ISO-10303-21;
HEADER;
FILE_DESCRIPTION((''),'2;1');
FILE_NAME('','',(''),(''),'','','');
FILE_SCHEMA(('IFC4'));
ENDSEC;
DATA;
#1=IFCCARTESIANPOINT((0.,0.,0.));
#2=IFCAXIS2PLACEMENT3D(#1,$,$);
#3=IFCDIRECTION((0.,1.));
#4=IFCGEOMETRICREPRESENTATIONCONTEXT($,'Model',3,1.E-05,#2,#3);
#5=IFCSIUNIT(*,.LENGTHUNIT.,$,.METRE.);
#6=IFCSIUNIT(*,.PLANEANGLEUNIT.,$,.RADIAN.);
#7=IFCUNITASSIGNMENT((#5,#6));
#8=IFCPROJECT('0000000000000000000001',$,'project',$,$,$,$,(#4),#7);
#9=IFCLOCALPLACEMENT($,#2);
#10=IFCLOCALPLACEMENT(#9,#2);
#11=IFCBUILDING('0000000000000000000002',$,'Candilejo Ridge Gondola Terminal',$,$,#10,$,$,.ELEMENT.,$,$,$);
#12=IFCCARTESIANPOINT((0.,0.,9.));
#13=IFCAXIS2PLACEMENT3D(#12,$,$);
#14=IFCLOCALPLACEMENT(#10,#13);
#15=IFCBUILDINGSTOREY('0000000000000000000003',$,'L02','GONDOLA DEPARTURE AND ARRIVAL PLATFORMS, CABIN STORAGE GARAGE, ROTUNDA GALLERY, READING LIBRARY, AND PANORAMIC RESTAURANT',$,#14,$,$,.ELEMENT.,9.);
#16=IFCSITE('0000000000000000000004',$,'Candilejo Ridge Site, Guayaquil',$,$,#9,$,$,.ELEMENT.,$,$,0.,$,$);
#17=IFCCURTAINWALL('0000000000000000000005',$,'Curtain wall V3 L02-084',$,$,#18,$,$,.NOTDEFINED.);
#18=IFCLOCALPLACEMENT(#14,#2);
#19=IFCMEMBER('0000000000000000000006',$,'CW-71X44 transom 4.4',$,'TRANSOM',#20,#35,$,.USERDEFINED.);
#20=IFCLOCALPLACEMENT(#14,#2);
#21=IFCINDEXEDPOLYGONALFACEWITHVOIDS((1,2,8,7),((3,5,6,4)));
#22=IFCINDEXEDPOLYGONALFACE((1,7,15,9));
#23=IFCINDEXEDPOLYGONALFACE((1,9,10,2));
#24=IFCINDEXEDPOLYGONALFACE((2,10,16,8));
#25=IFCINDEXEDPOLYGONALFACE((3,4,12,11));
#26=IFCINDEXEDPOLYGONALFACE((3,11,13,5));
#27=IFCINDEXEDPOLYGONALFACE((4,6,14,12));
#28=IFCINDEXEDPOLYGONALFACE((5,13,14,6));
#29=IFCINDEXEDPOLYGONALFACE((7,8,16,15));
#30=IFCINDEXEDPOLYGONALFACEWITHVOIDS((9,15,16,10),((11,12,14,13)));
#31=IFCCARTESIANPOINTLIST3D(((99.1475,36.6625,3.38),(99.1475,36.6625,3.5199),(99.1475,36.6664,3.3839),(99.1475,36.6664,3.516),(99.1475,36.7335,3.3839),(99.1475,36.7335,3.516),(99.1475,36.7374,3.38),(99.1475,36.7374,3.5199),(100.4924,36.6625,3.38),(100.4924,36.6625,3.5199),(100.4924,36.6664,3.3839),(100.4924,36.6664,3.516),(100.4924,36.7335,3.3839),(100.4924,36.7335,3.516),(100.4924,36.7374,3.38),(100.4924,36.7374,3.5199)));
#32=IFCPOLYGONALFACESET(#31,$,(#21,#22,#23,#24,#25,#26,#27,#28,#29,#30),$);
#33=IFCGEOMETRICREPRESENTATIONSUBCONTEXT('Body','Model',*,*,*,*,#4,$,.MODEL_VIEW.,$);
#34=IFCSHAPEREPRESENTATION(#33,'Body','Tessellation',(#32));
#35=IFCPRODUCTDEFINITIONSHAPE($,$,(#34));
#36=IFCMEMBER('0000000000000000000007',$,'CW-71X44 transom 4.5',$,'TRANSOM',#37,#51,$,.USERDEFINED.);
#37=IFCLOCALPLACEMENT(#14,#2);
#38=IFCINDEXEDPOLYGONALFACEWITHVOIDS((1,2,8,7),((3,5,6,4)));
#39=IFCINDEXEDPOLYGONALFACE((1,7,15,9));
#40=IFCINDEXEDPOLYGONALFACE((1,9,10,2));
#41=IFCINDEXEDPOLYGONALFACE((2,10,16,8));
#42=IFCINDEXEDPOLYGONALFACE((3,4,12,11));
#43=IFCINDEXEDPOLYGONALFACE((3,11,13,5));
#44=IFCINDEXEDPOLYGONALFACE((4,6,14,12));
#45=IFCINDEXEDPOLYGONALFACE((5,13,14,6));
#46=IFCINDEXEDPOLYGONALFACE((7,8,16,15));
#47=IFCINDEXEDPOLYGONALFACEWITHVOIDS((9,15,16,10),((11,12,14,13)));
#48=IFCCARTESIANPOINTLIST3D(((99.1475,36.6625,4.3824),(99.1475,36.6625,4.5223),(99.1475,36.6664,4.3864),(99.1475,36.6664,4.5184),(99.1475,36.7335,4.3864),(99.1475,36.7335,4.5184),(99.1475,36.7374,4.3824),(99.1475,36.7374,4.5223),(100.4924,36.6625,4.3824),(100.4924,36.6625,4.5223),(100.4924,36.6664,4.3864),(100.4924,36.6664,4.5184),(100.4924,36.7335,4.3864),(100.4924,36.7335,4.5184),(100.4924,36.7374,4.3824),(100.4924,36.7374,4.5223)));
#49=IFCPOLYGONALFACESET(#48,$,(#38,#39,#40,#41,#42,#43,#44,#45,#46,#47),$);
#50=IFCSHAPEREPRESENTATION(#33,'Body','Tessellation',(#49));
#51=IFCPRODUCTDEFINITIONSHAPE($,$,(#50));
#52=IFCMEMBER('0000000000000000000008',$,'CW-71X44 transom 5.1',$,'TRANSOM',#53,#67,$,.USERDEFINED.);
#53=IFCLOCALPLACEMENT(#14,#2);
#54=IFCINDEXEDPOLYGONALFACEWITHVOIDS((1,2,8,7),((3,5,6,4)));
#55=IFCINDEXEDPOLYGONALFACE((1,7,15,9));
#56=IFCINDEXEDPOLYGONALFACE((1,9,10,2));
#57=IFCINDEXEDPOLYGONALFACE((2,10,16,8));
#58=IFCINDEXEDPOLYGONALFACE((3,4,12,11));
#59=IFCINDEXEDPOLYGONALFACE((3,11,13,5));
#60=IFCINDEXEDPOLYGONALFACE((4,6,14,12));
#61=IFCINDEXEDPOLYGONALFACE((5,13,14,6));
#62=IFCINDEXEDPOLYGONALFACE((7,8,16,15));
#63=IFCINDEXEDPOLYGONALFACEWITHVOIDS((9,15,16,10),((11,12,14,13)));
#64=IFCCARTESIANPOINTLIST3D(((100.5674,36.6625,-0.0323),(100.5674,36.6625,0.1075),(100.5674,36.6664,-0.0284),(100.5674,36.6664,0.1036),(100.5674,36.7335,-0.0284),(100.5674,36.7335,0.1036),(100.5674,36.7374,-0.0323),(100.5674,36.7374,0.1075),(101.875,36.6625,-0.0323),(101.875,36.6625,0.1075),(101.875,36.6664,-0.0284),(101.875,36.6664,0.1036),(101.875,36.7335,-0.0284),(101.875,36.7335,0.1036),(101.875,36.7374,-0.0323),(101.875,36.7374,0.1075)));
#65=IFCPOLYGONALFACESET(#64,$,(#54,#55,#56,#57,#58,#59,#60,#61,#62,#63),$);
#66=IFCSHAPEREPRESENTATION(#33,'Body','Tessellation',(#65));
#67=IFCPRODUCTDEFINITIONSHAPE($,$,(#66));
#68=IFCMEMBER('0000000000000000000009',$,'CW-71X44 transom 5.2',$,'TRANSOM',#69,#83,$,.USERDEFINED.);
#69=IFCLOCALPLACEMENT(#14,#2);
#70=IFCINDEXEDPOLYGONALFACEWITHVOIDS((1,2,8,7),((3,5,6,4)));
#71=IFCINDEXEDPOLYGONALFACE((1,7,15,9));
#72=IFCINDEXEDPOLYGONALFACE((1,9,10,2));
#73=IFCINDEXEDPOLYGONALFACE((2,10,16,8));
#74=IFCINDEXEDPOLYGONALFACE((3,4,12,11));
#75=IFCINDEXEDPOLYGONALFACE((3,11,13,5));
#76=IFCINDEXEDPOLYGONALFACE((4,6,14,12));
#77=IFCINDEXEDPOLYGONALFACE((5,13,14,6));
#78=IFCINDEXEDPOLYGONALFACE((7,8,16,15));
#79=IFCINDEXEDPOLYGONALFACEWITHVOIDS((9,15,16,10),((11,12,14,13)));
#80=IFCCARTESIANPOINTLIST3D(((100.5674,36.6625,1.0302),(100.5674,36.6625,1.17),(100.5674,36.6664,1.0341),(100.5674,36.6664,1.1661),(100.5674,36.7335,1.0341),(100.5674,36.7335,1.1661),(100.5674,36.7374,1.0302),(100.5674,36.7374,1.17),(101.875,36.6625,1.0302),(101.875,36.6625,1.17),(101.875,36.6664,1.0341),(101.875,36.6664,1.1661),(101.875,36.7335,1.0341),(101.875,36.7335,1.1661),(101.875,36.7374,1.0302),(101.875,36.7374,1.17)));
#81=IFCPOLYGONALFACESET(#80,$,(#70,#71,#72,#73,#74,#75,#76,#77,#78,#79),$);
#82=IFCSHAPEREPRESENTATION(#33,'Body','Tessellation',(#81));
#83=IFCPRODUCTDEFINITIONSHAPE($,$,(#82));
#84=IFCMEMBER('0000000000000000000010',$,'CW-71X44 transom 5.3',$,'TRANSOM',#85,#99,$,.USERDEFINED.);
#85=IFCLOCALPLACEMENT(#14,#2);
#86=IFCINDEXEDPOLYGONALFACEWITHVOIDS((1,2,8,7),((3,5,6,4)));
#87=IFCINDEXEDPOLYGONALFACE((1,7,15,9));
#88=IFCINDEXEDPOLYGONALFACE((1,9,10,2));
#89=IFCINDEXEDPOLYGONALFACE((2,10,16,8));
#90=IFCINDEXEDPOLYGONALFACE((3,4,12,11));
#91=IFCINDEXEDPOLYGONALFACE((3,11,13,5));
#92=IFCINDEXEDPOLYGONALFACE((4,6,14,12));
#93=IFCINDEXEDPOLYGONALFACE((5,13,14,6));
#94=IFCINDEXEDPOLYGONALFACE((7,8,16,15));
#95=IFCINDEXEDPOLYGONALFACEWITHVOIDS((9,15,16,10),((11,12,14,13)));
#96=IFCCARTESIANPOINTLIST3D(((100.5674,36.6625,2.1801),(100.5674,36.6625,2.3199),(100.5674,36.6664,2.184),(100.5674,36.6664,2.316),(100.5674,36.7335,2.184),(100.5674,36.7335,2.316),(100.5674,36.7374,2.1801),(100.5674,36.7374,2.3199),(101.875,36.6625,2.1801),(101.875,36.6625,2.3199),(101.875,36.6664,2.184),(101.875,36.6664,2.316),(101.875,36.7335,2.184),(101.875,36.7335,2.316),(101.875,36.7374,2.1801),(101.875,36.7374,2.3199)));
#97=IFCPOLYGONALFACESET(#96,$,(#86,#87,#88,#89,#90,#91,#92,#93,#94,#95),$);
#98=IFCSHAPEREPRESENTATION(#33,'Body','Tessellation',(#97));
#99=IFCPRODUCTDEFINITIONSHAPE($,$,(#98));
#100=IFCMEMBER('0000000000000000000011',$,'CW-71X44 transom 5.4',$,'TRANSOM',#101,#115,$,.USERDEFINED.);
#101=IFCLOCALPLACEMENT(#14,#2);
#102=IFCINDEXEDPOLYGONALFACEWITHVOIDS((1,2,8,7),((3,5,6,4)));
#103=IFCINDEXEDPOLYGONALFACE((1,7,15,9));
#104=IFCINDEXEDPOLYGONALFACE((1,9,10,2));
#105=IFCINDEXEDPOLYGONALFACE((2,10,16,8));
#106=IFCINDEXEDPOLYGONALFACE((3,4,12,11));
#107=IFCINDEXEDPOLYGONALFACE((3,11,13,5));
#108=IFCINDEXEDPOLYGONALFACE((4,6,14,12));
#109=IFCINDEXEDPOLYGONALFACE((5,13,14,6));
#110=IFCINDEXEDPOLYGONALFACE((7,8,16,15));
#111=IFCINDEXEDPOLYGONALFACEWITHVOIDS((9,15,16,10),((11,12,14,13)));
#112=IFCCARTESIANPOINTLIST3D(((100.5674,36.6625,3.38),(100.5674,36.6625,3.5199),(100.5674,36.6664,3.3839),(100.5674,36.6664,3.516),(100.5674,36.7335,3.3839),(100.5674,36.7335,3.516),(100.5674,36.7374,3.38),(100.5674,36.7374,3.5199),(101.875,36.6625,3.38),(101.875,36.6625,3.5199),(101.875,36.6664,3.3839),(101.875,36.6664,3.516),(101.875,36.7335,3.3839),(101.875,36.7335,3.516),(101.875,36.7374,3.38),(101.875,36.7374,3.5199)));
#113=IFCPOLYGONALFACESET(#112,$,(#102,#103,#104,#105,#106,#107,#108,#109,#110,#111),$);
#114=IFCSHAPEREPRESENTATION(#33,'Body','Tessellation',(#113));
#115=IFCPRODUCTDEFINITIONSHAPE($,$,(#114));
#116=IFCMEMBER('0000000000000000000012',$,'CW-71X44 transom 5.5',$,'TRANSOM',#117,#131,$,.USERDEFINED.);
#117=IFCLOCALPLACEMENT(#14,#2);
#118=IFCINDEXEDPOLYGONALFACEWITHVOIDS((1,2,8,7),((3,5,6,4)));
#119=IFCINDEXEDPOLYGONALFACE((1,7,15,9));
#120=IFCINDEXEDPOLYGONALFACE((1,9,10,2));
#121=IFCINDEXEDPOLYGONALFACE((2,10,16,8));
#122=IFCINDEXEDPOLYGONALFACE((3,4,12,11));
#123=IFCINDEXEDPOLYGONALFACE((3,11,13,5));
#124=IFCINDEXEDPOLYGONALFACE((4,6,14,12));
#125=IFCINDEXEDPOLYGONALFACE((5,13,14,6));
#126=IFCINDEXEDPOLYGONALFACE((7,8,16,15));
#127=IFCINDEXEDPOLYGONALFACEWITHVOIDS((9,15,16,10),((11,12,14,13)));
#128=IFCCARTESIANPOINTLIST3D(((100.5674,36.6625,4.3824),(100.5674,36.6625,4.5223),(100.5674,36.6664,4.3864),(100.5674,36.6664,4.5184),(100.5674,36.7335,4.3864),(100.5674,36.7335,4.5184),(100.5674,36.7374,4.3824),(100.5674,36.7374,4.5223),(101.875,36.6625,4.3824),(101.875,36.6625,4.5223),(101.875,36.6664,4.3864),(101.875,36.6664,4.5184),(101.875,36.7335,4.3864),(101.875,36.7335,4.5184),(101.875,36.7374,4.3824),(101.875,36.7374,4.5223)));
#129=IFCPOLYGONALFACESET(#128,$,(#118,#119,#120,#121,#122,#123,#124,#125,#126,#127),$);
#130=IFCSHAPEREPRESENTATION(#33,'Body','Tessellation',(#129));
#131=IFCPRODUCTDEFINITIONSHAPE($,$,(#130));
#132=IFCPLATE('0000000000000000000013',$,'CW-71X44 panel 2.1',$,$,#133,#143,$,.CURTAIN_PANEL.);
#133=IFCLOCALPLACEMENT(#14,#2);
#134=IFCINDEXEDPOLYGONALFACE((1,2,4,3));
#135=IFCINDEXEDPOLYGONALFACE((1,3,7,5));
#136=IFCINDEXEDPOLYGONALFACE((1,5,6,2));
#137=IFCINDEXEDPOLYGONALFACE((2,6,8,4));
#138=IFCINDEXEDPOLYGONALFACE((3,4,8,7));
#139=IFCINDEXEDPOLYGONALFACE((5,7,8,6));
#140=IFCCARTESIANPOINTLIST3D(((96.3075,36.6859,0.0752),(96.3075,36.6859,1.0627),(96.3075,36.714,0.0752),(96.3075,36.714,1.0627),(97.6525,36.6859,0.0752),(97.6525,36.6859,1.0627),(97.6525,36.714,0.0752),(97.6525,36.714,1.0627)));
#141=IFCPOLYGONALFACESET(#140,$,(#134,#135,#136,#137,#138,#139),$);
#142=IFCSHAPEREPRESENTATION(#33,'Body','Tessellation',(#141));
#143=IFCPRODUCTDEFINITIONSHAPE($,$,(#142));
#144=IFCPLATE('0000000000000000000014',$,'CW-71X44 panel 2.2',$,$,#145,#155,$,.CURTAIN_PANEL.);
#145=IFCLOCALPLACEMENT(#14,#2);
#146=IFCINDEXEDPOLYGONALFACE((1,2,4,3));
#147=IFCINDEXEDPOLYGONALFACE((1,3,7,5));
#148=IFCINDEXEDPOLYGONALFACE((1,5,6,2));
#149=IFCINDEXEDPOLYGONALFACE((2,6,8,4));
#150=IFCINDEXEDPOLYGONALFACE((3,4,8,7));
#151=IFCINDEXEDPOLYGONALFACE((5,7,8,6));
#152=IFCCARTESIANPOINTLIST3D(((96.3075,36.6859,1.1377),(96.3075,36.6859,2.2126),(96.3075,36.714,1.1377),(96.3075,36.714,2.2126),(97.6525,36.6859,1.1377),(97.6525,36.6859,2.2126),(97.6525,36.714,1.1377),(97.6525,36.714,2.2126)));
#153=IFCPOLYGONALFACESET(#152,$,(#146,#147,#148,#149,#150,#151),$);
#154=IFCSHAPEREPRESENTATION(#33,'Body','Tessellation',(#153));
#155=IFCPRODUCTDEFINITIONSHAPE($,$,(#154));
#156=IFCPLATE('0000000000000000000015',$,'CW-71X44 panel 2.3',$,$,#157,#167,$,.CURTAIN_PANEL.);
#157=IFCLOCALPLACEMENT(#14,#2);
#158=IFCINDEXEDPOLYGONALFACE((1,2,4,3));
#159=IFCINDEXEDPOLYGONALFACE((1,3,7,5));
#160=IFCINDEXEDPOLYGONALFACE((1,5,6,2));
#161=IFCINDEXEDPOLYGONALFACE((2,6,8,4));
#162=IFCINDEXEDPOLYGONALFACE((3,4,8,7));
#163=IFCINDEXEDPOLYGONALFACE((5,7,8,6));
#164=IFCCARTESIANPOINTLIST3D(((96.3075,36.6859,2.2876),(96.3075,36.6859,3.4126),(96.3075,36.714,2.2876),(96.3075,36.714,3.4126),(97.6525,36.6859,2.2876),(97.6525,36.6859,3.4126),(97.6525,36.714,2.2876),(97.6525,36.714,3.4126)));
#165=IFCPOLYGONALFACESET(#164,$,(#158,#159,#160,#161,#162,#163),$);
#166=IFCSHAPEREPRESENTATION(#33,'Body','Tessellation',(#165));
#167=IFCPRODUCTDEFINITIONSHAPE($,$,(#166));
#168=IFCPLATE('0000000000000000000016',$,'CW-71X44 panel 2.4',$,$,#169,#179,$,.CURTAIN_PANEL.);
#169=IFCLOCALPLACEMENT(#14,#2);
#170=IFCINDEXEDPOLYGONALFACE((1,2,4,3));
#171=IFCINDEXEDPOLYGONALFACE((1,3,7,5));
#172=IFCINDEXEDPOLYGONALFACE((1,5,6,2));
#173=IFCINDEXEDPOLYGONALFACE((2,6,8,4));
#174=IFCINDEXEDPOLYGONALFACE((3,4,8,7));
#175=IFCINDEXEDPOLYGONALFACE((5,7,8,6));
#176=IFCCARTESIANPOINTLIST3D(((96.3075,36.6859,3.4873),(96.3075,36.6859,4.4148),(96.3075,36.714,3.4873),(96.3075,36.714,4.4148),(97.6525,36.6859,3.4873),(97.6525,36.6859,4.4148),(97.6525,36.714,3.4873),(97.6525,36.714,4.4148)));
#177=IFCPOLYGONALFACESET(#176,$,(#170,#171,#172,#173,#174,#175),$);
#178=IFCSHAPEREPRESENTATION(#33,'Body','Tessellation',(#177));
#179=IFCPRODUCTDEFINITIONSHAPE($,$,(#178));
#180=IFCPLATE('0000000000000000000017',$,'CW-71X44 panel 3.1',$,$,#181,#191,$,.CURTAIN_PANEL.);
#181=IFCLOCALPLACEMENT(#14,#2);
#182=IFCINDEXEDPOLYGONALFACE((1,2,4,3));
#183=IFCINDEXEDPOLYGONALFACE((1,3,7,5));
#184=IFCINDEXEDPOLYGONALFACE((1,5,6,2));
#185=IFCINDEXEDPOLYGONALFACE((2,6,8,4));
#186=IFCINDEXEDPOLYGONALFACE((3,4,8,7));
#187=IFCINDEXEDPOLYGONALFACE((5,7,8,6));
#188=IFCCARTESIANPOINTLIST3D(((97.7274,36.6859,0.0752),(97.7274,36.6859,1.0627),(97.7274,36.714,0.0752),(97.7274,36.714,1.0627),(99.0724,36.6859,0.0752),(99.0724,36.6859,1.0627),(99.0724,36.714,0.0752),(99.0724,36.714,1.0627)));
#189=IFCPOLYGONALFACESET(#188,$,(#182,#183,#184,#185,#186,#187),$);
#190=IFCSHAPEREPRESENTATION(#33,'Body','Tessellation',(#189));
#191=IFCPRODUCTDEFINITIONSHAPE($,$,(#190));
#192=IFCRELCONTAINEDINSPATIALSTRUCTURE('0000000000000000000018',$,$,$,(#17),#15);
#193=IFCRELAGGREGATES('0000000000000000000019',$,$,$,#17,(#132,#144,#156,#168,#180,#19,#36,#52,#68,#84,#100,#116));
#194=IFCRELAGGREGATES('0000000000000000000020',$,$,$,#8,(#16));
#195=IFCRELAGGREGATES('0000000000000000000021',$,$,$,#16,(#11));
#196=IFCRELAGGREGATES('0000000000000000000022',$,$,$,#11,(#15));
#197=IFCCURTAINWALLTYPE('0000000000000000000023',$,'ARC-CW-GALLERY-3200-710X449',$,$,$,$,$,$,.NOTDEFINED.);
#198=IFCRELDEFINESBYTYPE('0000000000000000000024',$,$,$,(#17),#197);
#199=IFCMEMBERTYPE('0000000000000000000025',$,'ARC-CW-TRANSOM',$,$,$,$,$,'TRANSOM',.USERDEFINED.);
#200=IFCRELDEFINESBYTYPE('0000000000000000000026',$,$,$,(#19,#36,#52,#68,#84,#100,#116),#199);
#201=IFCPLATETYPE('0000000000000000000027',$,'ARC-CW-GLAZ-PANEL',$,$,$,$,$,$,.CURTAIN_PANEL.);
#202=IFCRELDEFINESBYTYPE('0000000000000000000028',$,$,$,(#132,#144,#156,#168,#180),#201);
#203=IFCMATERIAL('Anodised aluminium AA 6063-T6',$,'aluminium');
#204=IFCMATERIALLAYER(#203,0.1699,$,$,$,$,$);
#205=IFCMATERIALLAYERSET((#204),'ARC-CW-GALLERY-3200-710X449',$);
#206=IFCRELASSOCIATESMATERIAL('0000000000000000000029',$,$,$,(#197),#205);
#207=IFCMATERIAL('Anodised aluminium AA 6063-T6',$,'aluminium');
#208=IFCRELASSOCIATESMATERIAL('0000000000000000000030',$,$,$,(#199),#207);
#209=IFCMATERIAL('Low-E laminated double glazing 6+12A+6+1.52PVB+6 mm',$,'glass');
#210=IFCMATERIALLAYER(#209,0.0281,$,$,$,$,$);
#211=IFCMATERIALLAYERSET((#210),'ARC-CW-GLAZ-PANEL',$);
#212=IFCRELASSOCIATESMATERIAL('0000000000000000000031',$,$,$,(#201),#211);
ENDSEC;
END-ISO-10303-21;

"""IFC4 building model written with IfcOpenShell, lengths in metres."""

from ifc_helpers import new_model, si_unit, direction, frame, origin, origin_2d, place, context, subcontext, project, spatial, rectangle, hollow_rectangle, extrude, material, layer, layer_set, material_profile, profile_set, type_object, element, aggregate, save


model = new_model("IFC4")

# Units and contexts
model_context = context("Model", 3, precision=1e-05, world=origin(), true_north=direction((0.0, 1.0)))
body_context = subcontext(model_context, "Body", "Model", "MODEL_VIEW")
ifc_project = project(units=[si_unit("LENGTHUNIT", "METRE"), si_unit("PLANEANGLEUNIT", "RADIAN")], contexts=[model_context])

# Site, building, storey
site_placement = place(None, origin())
site = spatial("IfcSite", under=ifc_project, at=site_placement, Name="Candilejo Ridge Site, Guayaquil", CompositionType="ELEMENT", RefElevation=0.0)
building_placement = place(site_placement, origin())
building = spatial("IfcBuilding", under=site, at=building_placement, Name="Candilejo Ridge Gondola Terminal", CompositionType="ELEMENT")
storey_placement = place(building_placement, frame((0.0, 0.0, 9.0)))
storey = spatial("IfcBuildingStorey", under=building, at=storey_placement, Name="L02", Description="GONDOLA DEPARTURE AND ARRIVAL PLATFORMS, CABIN STORAGE GARAGE, ROTUNDA GALLERY, READING LIBRARY, AND PANORAMIC RESTAURANT", CompositionType="ELEMENT", Elevation=9.0)

# Curtain wall, members, plates
ifc_material_1 = material(Name="Anodised aluminium AA 6063-T6", Category="aluminium")
ifc_layer_1 = layer(ifc_material_1, 0.1699)
ifc_layer_set_1 = layer_set([ifc_layer_1], Name="ARC-CW-GALLERY-3200-710X449")
curtain_wall_type = type_object("IfcCurtainWallType", Name="ARC-CW-GALLERY-3200-710X449", PredefinedType="NOTDEFINED", material=ifc_layer_set_1)
curtain_wall_placement = place(storey_placement, origin())
curtain_wall = element("IfcCurtainWall", 1, at=curtain_wall_placement, inside=storey, type_object=curtain_wall_type, Name="Curtain wall V3 L02-084", PredefinedType="NOTDEFINED")
ifc_material_2 = material(Name="Anodised aluminium AA 6063-T6", Category="aluminium")
ifc_material_profile_1 = material_profile(ifc_material_2, hollow_rectangle(XDim=0.075, YDim=0.1399, WallThickness=0.0039, at=origin_2d()))
ifc_profile_set_1 = profile_set([ifc_material_profile_1], Name="Anodised aluminium AA 6063-T6")
member_type_1 = type_object("IfcMemberType", Name="ARC-CW-TRANSOM", ElementType="TRANSOM", PredefinedType="USERDEFINED", material=ifc_profile_set_1)
member_1_placement = place(storey_placement, frame((99.1475, 36.7, 3.45), z_axis=(1.0, 0.0, 0.0), x_axis=(0.0, 1.0, 0.0)))
member_1 = element("IfcMember", 2, at=member_1_placement, type_object=member_type_1, Name="CW-71X44 transom 4.4", ObjectType="TRANSOM", PredefinedType="USERDEFINED", context=body_context, shape_type="SweptSolid", body=[
    extrude(hollow_rectangle(XDim=0.075, YDim=0.1399, WallThickness=0.0039, at=origin_2d()), origin(), (0.0, 0.0, 1.0), 1.345),
])
member_2_placement = place(storey_placement, frame((99.1475, 36.7, 4.4524), z_axis=(1.0, 0.0, 0.0), x_axis=(0.0, 1.0, 0.0)))
member_2 = element("IfcMember", 3, at=member_2_placement, type_object=member_type_1, Name="CW-71X44 transom 4.5", ObjectType="TRANSOM", PredefinedType="USERDEFINED", context=body_context, shape_type="SweptSolid", body=[
    extrude(hollow_rectangle(XDim=0.075, YDim=0.1399, WallThickness=0.0039, at=origin_2d()), origin(), (0.0, 0.0, 1.0), 1.345),
])
member_3_placement = place(storey_placement, frame((100.5674, 36.7, 0.0376), z_axis=(1.0, 0.0, 0.0), x_axis=(0.0, 1.0, 0.0)))
member_3 = element("IfcMember", 4, at=member_3_placement, type_object=member_type_1, Name="CW-71X44 transom 5.1", ObjectType="TRANSOM", PredefinedType="USERDEFINED", context=body_context, shape_type="SweptSolid", body=[
    extrude(hollow_rectangle(XDim=0.075, YDim=0.1399, WallThickness=0.0039, at=origin_2d()), origin(), (0.0, 0.0, 1.0), 1.3076),
])
member_4_placement = place(storey_placement, frame((100.5674, 36.7, 1.1001), z_axis=(1.0, 0.0, 0.0), x_axis=(0.0, 1.0, 0.0)))
member_4 = element("IfcMember", 5, at=member_4_placement, type_object=member_type_1, Name="CW-71X44 transom 5.2", ObjectType="TRANSOM", PredefinedType="USERDEFINED", context=body_context, shape_type="SweptSolid", body=[
    extrude(hollow_rectangle(XDim=0.075, YDim=0.1399, WallThickness=0.0039, at=origin_2d()), origin(), (0.0, 0.0, 1.0), 1.3076),
])
member_5_placement = place(storey_placement, frame((100.5674, 36.7, 2.25), z_axis=(1.0, 0.0, 0.0), x_axis=(0.0, 1.0, 0.0)))
member_5 = element("IfcMember", 6, at=member_5_placement, type_object=member_type_1, Name="CW-71X44 transom 5.3", ObjectType="TRANSOM", PredefinedType="USERDEFINED", context=body_context, shape_type="SweptSolid", body=[
    extrude(hollow_rectangle(XDim=0.075, YDim=0.1399, WallThickness=0.0039, at=origin_2d()), origin(), (0.0, 0.0, 1.0), 1.3076),
])
member_6_placement = place(storey_placement, frame((100.5674, 36.7, 3.45), z_axis=(1.0, 0.0, 0.0), x_axis=(0.0, 1.0, 0.0)))
member_6 = element("IfcMember", 7, at=member_6_placement, type_object=member_type_1, Name="CW-71X44 transom 5.4", ObjectType="TRANSOM", PredefinedType="USERDEFINED", context=body_context, shape_type="SweptSolid", body=[
    extrude(hollow_rectangle(XDim=0.075, YDim=0.1399, WallThickness=0.0039, at=origin_2d()), origin(), (0.0, 0.0, 1.0), 1.3076),
])
member_7_placement = place(storey_placement, frame((100.5674, 36.7, 4.4524), z_axis=(1.0, 0.0, 0.0), x_axis=(0.0, 1.0, 0.0)))
member_7 = element("IfcMember", 8, at=member_7_placement, type_object=member_type_1, Name="CW-71X44 transom 5.5", ObjectType="TRANSOM", PredefinedType="USERDEFINED", context=body_context, shape_type="SweptSolid", body=[
    extrude(hollow_rectangle(XDim=0.075, YDim=0.1399, WallThickness=0.0039, at=origin_2d()), origin(), (0.0, 0.0, 1.0), 1.3076),
])
ifc_material_3 = material(Name="Low-E laminated double glazing 6+12A+6+1.52PVB+6 mm", Category="glass")
ifc_layer_2 = layer(ifc_material_3, 0.0281)
ifc_layer_set_2 = layer_set([ifc_layer_2], Name="ARC-CW-GLAZ-PANEL")
plate_type = type_object("IfcPlateType", Name="ARC-CW-GLAZ-PANEL", PredefinedType="CURTAIN_PANEL", material=ifc_layer_set_2)
plate_1_placement = place(storey_placement, frame((96.98, 36.7, 0.0752), z_axis=(0.0, 0.0, 1.0), x_axis=(1.0, 0.0, 0.0)))
plate_1 = element("IfcPlate", 9, at=plate_1_placement, type_object=plate_type, Name="CW-71X44 panel 2.1", PredefinedType="CURTAIN_PANEL", context=body_context, shape_type="SweptSolid", body=[
    extrude(rectangle(XDim=1.345, YDim=0.0281, at=origin_2d()), origin(), (0.0, 0.0, 1.0), 0.9875),
])
plate_2_placement = place(storey_placement, frame((96.98, 36.7, 1.1377), z_axis=(0.0, 0.0, 1.0), x_axis=(1.0, 0.0, 0.0)))
plate_2 = element("IfcPlate", 10, at=plate_2_placement, type_object=plate_type, Name="CW-71X44 panel 2.2", PredefinedType="CURTAIN_PANEL", context=body_context, shape_type="SweptSolid", body=[
    extrude(rectangle(XDim=1.345, YDim=0.0281, at=origin_2d()), origin(), (0.0, 0.0, 1.0), 1.075),
])
plate_3_placement = place(storey_placement, frame((96.98, 36.7, 2.2876), z_axis=(0.0, 0.0, 1.0), x_axis=(1.0, 0.0, 0.0)))
plate_3 = element("IfcPlate", 11, at=plate_3_placement, type_object=plate_type, Name="CW-71X44 panel 2.3", PredefinedType="CURTAIN_PANEL", context=body_context, shape_type="SweptSolid", body=[
    extrude(rectangle(XDim=1.345, YDim=0.0281, at=origin_2d()), origin(), (0.0, 0.0, 1.0), 1.125),
])
plate_4_placement = place(storey_placement, frame((96.98, 36.7, 3.4873), z_axis=(0.0, 0.0, 1.0), x_axis=(1.0, 0.0, 0.0)))
plate_4 = element("IfcPlate", 12, at=plate_4_placement, type_object=plate_type, Name="CW-71X44 panel 2.4", PredefinedType="CURTAIN_PANEL", context=body_context, shape_type="SweptSolid", body=[
    extrude(rectangle(XDim=1.345, YDim=0.0281, at=origin_2d()), origin(), (0.0, 0.0, 1.0), 0.9275),
])
plate_5_placement = place(storey_placement, frame((98.3999, 36.7, 0.0752), z_axis=(0.0, 0.0, 1.0), x_axis=(1.0, 0.0, 0.0)))
plate_5 = element("IfcPlate", 13, at=plate_5_placement, type_object=plate_type, Name="CW-71X44 panel 3.1", PredefinedType="CURTAIN_PANEL", context=body_context, shape_type="SweptSolid", body=[
    extrude(rectangle(XDim=1.345, YDim=0.0281, at=origin_2d()), origin(), (0.0, 0.0, 1.0), 0.9875),
])
aggregate(curtain_wall, [plate_1, plate_2, plate_3, plate_4, plate_5, member_1, member_2, member_3, member_4, member_5, member_6, member_7])

save(model, "model.ifc")
